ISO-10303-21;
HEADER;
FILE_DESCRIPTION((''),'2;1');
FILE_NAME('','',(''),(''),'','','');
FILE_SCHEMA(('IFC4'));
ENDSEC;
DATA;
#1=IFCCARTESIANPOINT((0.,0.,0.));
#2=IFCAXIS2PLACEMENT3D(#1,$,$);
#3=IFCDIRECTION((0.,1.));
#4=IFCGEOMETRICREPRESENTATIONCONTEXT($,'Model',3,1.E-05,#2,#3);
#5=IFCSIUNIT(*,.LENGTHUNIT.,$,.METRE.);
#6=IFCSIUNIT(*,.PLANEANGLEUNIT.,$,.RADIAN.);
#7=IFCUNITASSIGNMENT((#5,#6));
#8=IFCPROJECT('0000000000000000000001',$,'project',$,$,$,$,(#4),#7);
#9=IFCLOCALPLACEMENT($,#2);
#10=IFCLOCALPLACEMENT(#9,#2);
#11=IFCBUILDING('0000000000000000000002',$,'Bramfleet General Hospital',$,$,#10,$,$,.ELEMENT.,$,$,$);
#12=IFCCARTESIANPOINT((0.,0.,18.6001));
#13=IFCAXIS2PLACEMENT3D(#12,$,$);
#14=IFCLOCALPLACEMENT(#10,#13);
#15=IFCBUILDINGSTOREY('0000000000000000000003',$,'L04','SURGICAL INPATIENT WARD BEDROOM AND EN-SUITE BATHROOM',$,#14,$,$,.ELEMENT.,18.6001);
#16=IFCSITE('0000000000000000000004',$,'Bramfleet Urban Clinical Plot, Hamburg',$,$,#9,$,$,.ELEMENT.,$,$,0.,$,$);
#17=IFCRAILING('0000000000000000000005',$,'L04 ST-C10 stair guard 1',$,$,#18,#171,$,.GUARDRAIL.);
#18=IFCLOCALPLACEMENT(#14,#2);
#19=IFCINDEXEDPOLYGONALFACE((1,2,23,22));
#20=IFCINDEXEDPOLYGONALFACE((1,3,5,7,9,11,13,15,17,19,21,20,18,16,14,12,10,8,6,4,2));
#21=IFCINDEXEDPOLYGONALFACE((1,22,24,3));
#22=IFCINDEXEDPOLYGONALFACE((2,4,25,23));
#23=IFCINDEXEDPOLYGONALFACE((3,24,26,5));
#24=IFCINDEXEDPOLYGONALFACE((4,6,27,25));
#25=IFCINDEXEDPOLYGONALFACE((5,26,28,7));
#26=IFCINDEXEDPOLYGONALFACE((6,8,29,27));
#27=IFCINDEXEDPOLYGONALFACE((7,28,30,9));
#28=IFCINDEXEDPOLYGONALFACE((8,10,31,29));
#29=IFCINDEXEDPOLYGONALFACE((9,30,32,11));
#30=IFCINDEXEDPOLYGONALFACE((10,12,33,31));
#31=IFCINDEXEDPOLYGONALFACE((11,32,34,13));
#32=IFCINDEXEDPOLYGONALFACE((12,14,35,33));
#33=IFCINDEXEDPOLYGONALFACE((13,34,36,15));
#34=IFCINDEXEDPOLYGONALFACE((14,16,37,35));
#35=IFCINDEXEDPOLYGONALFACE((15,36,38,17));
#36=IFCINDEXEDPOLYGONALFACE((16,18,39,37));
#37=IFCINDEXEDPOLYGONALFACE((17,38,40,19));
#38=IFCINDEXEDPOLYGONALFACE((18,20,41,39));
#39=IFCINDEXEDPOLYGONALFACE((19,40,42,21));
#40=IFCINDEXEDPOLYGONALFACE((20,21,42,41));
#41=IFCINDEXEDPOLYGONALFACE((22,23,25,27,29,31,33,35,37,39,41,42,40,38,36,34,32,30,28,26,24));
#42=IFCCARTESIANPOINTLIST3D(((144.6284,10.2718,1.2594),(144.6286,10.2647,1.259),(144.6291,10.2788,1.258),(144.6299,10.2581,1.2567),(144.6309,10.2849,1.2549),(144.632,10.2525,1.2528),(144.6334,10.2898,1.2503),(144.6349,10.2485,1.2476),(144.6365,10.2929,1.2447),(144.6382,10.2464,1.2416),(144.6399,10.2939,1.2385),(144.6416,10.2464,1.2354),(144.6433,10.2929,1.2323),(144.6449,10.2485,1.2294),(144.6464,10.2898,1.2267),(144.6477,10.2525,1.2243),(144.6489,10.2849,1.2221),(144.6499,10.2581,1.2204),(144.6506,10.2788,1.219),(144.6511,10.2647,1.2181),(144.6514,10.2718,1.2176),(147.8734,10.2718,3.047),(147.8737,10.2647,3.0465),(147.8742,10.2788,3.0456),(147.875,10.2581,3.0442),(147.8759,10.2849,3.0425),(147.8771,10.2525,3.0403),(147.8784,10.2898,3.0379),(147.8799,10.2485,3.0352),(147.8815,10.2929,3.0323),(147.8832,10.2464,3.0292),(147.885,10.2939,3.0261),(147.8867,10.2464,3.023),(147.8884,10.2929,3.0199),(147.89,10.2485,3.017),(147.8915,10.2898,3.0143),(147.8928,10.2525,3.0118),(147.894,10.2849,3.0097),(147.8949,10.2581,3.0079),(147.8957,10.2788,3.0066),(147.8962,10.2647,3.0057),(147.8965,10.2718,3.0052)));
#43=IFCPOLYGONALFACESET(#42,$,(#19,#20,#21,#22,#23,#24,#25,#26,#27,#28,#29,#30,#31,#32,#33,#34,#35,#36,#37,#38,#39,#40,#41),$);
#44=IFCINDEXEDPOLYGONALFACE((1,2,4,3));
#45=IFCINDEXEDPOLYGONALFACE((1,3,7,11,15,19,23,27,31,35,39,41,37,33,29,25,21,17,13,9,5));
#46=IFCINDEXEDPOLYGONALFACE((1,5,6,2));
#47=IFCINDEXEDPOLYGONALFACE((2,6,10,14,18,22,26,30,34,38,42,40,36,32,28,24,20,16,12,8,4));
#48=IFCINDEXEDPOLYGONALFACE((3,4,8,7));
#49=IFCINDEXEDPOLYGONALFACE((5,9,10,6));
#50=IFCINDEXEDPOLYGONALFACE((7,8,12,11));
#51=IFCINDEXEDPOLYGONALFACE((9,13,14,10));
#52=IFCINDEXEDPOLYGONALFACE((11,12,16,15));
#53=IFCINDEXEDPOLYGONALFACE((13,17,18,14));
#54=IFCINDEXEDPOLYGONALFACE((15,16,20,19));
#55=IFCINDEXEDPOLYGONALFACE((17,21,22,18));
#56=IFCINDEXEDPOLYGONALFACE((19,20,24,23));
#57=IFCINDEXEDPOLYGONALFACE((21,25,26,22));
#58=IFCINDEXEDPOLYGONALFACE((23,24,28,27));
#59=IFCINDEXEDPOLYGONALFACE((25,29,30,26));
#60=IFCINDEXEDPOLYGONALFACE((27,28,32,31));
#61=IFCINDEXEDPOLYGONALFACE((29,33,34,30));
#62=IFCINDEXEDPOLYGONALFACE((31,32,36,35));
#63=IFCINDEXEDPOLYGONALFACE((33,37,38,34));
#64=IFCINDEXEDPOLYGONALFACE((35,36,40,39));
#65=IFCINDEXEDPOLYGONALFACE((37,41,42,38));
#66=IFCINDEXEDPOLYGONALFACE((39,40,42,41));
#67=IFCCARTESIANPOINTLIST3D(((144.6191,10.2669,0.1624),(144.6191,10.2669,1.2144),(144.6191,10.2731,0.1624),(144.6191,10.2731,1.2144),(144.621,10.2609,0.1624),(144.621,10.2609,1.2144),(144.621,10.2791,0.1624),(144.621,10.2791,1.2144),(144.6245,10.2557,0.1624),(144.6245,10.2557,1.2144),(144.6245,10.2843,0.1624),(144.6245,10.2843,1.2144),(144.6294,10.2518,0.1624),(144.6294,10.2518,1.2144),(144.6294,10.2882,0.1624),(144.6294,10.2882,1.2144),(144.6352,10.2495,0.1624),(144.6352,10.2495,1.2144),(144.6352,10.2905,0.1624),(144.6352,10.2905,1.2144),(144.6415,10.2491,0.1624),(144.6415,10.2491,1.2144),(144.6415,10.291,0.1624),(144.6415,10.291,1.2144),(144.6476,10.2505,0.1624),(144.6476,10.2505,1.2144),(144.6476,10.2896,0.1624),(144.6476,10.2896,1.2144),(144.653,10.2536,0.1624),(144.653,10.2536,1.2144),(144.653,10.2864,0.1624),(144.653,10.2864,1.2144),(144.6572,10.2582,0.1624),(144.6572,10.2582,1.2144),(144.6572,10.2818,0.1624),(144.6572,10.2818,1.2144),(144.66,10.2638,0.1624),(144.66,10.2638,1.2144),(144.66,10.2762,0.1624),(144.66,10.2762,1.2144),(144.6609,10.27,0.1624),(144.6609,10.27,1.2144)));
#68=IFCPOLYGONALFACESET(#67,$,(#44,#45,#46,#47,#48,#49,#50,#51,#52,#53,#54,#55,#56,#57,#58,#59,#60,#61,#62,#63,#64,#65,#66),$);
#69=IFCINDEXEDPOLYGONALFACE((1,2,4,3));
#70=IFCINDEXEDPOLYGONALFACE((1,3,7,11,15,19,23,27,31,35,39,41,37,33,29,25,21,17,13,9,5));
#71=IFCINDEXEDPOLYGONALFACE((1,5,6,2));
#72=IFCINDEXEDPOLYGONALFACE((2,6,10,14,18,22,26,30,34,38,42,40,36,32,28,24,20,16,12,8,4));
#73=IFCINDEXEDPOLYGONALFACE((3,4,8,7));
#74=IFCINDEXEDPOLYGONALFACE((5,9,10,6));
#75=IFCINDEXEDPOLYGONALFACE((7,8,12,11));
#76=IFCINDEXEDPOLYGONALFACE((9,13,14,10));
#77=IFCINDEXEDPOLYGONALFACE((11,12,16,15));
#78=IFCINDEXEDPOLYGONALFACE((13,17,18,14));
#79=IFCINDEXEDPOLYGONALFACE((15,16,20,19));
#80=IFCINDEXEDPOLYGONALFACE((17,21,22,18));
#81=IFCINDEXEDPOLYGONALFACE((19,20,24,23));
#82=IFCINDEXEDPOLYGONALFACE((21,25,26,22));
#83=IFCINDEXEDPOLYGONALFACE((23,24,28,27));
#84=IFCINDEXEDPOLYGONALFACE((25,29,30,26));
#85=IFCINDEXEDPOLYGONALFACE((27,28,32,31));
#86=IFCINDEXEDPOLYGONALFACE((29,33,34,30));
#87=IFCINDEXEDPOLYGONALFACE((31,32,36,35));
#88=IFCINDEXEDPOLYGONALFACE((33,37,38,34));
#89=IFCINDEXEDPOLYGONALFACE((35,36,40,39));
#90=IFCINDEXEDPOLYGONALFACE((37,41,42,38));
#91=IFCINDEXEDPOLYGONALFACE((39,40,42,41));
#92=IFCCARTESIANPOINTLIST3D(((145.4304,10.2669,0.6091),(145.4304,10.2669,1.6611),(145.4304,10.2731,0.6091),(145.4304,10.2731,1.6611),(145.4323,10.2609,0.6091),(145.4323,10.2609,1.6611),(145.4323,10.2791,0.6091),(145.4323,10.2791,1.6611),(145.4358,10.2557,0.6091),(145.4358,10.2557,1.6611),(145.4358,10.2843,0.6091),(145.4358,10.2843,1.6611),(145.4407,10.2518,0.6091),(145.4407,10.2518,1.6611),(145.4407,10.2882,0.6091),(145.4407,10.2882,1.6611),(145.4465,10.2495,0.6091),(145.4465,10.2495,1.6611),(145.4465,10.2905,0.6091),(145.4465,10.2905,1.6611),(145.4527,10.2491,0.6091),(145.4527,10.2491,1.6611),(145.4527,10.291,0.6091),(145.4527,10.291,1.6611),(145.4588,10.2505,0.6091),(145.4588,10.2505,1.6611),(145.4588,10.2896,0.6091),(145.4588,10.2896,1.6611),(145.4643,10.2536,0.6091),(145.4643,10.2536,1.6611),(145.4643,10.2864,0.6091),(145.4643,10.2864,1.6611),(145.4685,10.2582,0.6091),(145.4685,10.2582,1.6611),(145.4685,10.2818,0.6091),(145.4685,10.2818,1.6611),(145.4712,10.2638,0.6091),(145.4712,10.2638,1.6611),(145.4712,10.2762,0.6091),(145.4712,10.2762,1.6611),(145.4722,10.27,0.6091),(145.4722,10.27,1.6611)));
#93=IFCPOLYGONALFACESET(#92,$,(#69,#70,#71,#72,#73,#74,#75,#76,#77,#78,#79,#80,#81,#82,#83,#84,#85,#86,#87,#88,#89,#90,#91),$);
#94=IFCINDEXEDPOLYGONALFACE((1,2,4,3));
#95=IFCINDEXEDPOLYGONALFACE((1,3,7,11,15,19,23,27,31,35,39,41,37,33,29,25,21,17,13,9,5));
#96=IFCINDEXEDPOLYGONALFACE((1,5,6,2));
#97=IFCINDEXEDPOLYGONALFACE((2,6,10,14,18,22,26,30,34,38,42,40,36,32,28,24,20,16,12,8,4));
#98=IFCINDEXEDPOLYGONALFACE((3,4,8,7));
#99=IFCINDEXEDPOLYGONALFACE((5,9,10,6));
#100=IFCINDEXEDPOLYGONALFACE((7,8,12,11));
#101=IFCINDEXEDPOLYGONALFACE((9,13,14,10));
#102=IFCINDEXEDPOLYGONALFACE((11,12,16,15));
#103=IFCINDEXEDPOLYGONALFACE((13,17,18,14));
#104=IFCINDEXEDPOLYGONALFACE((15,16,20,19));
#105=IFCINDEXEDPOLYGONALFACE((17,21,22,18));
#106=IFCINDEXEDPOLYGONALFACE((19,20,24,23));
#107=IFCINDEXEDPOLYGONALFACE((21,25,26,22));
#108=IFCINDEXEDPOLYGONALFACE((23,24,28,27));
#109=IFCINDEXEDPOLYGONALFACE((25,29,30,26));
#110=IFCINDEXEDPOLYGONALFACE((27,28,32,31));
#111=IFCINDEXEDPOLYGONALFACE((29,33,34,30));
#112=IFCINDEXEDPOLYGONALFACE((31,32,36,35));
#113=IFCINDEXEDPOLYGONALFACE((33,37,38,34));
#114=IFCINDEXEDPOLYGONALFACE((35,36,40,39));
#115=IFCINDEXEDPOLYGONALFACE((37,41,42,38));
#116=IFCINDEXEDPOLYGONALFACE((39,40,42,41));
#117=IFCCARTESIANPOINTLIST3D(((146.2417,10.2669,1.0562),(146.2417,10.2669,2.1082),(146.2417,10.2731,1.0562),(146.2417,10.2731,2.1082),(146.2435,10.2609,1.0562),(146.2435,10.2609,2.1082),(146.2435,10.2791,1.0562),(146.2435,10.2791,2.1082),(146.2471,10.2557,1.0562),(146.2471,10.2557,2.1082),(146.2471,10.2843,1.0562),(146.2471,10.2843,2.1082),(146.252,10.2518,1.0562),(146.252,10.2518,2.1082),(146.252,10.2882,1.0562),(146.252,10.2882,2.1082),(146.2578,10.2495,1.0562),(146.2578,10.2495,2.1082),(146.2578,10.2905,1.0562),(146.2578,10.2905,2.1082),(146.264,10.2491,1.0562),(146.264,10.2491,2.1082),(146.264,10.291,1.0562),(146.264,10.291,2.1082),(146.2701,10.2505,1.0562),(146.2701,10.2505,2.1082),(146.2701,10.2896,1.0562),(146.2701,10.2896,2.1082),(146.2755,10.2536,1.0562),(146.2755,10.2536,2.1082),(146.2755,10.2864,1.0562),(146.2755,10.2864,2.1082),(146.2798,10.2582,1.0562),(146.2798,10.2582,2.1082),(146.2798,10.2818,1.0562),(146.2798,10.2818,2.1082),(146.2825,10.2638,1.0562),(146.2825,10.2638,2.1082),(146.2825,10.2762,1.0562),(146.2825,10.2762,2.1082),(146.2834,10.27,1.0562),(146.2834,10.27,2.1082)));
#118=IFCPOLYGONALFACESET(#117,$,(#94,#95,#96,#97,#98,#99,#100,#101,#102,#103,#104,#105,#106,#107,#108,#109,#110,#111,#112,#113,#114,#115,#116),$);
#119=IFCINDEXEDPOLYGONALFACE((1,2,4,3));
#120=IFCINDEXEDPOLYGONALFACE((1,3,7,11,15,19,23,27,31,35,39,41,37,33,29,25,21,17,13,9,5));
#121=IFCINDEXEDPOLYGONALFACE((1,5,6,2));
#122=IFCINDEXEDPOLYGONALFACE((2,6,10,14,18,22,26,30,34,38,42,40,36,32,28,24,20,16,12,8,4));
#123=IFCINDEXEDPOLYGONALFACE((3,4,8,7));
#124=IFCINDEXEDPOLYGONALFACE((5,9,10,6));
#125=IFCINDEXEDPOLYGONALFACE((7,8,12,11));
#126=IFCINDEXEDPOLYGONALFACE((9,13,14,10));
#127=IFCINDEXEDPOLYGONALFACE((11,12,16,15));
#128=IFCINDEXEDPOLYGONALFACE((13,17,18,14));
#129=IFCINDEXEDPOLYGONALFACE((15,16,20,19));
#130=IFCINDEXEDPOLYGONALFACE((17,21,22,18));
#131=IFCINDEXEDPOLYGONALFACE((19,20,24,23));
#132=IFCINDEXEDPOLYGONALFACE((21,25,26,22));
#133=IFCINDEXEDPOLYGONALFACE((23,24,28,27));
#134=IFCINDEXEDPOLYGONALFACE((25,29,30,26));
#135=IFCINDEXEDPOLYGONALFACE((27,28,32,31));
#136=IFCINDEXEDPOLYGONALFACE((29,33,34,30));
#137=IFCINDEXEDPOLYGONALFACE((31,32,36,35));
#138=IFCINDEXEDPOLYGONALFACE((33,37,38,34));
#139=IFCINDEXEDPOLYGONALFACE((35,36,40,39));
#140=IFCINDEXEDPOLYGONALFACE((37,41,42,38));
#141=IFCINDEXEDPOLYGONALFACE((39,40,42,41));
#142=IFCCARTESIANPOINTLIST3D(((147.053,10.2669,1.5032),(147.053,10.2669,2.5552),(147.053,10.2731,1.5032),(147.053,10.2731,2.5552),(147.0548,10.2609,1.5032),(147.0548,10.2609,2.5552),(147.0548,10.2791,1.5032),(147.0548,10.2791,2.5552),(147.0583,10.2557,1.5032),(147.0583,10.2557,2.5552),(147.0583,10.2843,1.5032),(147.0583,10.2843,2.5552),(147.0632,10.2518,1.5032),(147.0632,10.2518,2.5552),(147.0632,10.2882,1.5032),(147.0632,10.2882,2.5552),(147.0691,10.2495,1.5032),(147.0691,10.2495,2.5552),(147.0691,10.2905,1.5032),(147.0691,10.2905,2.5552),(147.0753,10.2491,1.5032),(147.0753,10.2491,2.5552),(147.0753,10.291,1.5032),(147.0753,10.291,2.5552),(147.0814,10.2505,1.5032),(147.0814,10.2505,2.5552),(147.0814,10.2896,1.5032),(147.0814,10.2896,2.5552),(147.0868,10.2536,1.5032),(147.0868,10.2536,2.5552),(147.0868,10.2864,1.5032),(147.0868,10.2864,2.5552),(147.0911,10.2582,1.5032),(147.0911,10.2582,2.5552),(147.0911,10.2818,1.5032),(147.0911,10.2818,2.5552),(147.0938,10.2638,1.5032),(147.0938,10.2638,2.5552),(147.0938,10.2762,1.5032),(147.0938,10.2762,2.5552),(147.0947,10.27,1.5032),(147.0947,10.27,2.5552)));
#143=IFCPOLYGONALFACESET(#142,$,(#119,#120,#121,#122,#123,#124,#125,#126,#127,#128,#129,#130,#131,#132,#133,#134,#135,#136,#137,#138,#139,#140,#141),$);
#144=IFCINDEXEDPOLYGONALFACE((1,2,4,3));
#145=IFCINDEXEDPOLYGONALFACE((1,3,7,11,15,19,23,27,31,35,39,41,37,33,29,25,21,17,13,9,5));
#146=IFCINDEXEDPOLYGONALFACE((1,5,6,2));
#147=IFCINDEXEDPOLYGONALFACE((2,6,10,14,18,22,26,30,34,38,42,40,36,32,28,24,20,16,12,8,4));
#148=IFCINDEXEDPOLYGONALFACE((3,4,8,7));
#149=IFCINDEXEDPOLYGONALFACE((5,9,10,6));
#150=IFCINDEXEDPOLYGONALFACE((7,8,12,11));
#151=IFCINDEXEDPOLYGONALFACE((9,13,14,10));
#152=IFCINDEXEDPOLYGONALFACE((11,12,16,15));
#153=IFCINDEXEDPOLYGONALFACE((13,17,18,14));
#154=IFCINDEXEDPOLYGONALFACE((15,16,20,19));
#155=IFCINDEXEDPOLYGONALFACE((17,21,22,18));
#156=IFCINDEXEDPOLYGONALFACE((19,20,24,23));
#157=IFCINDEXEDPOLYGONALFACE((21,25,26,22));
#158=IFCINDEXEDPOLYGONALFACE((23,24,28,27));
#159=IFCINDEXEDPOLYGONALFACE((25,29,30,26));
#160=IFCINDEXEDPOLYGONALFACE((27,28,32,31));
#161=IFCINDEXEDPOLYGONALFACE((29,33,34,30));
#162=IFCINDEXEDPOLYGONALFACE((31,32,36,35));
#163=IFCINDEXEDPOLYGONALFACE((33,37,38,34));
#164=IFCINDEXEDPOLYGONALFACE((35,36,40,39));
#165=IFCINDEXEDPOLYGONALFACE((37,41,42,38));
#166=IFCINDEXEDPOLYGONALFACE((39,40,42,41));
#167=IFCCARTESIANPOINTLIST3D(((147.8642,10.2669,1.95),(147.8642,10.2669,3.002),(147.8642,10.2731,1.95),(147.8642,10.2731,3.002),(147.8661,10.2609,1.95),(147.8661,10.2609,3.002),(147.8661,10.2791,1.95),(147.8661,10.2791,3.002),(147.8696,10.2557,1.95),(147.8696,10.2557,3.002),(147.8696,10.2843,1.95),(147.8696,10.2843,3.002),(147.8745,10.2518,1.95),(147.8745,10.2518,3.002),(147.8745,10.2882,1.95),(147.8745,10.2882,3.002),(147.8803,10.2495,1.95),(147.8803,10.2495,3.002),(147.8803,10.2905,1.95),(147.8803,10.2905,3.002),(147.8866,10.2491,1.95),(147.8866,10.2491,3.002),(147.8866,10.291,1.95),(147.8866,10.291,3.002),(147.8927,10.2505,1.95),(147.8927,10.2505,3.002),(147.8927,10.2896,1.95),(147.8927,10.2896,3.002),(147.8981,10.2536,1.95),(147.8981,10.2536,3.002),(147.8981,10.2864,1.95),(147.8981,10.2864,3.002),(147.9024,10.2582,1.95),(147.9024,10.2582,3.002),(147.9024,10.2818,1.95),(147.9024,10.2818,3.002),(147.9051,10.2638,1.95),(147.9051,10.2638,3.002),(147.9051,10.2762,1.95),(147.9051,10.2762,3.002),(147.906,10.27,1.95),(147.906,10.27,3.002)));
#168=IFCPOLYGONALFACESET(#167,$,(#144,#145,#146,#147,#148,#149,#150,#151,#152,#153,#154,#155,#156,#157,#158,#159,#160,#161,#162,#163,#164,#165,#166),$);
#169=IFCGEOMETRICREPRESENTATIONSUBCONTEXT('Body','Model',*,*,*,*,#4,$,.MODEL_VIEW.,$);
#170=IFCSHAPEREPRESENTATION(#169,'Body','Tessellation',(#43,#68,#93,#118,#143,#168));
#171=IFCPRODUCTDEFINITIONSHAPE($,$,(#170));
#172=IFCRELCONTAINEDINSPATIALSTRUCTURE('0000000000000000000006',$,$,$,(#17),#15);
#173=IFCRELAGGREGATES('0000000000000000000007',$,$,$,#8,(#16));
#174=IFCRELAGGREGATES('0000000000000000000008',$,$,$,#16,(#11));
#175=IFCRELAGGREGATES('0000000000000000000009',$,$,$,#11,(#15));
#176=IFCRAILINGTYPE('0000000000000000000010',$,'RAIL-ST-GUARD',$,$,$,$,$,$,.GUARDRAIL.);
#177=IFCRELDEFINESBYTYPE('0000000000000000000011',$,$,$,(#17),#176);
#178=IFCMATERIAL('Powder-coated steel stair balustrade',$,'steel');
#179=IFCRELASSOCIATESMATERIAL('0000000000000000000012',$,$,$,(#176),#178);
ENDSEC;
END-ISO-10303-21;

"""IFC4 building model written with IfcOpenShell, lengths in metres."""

from ifc_helpers import new_model, si_unit, direction, frame, origin, origin_2d, place, context, subcontext, project, spatial, circle, extrude, material, type_object, element, save


model = new_model("IFC4")

# Units and contexts
model_context = context("Model", 3, precision=1e-05, world=origin(), true_north=direction((0.0, 1.0)))
body_context = subcontext(model_context, "Body", "Model", "MODEL_VIEW")
ifc_project = project(units=[si_unit("LENGTHUNIT", "METRE"), si_unit("PLANEANGLEUNIT", "RADIAN")], contexts=[model_context])

# Site, building, storey
site_placement = place(None, origin())
site = spatial("IfcSite", under=ifc_project, at=site_placement, Name="Bramfleet Urban Clinical Plot, Hamburg", CompositionType="ELEMENT", RefElevation=0.0)
building_placement = place(site_placement, origin())
building = spatial("IfcBuilding", under=site, at=building_placement, Name="Bramfleet General Hospital", CompositionType="ELEMENT")
storey_placement = place(building_placement, frame((0.0, 0.0, 18.6001)))
storey = spatial("IfcBuildingStorey", under=building, at=storey_placement, Name="L04", Description="SURGICAL INPATIENT WARD BEDROOM AND EN-SUITE BATHROOM", CompositionType="ELEMENT", Elevation=18.6001)

# Railing
ifc_material_1 = material(Name="Powder-coated steel stair balustrade", Category="steel")
railing_type_1 = type_object("IfcRailingType", Name="RAIL-ST-GUARD", PredefinedType="GUARDRAIL", material=ifc_material_1)
railing_1_placement = place(storey_placement, frame((144.6399, 10.27, 0.1624)))
element("IfcRailing", 1, at=railing_1_placement, inside=storey, type_object=railing_type_1, Name="L04 ST-C10 stair guard 1", PredefinedType="GUARDRAIL", context=body_context, shape_type="SweptSolid", body=[
    extrude(circle(Radius=0.0239, at=origin_2d()), frame((0.0, 0.0, 1.0762), z_axis=(0.875899, 0.0, 0.482495), x_axis=(0.0, 1.0, 0.0)), (0.0, 0.0, 1.0), 3.7048),
    extrude(circle(Radius=0.021, at=origin_2d()), origin(), (0.0, 0.0, 1.0), 1.052),
    extrude(circle(Radius=0.021, at=origin_2d()), frame((0.8113, 0.0, 0.4468)), (0.0, 0.0, 1.0), 1.052),
    extrude(circle(Radius=0.021, at=origin_2d()), frame((1.6226, 0.0, 0.8938)), (0.0, 0.0, 1.0), 1.052),
    extrude(circle(Radius=0.021, at=origin_2d()), frame((2.4338, 0.0, 1.3408)), (0.0, 0.0, 1.0), 1.052),
    extrude(circle(Radius=0.021, at=origin_2d()), frame((3.2451, 0.0, 1.7876)), (0.0, 0.0, 1.0), 1.052),
])

save(model, "model.ifc")
